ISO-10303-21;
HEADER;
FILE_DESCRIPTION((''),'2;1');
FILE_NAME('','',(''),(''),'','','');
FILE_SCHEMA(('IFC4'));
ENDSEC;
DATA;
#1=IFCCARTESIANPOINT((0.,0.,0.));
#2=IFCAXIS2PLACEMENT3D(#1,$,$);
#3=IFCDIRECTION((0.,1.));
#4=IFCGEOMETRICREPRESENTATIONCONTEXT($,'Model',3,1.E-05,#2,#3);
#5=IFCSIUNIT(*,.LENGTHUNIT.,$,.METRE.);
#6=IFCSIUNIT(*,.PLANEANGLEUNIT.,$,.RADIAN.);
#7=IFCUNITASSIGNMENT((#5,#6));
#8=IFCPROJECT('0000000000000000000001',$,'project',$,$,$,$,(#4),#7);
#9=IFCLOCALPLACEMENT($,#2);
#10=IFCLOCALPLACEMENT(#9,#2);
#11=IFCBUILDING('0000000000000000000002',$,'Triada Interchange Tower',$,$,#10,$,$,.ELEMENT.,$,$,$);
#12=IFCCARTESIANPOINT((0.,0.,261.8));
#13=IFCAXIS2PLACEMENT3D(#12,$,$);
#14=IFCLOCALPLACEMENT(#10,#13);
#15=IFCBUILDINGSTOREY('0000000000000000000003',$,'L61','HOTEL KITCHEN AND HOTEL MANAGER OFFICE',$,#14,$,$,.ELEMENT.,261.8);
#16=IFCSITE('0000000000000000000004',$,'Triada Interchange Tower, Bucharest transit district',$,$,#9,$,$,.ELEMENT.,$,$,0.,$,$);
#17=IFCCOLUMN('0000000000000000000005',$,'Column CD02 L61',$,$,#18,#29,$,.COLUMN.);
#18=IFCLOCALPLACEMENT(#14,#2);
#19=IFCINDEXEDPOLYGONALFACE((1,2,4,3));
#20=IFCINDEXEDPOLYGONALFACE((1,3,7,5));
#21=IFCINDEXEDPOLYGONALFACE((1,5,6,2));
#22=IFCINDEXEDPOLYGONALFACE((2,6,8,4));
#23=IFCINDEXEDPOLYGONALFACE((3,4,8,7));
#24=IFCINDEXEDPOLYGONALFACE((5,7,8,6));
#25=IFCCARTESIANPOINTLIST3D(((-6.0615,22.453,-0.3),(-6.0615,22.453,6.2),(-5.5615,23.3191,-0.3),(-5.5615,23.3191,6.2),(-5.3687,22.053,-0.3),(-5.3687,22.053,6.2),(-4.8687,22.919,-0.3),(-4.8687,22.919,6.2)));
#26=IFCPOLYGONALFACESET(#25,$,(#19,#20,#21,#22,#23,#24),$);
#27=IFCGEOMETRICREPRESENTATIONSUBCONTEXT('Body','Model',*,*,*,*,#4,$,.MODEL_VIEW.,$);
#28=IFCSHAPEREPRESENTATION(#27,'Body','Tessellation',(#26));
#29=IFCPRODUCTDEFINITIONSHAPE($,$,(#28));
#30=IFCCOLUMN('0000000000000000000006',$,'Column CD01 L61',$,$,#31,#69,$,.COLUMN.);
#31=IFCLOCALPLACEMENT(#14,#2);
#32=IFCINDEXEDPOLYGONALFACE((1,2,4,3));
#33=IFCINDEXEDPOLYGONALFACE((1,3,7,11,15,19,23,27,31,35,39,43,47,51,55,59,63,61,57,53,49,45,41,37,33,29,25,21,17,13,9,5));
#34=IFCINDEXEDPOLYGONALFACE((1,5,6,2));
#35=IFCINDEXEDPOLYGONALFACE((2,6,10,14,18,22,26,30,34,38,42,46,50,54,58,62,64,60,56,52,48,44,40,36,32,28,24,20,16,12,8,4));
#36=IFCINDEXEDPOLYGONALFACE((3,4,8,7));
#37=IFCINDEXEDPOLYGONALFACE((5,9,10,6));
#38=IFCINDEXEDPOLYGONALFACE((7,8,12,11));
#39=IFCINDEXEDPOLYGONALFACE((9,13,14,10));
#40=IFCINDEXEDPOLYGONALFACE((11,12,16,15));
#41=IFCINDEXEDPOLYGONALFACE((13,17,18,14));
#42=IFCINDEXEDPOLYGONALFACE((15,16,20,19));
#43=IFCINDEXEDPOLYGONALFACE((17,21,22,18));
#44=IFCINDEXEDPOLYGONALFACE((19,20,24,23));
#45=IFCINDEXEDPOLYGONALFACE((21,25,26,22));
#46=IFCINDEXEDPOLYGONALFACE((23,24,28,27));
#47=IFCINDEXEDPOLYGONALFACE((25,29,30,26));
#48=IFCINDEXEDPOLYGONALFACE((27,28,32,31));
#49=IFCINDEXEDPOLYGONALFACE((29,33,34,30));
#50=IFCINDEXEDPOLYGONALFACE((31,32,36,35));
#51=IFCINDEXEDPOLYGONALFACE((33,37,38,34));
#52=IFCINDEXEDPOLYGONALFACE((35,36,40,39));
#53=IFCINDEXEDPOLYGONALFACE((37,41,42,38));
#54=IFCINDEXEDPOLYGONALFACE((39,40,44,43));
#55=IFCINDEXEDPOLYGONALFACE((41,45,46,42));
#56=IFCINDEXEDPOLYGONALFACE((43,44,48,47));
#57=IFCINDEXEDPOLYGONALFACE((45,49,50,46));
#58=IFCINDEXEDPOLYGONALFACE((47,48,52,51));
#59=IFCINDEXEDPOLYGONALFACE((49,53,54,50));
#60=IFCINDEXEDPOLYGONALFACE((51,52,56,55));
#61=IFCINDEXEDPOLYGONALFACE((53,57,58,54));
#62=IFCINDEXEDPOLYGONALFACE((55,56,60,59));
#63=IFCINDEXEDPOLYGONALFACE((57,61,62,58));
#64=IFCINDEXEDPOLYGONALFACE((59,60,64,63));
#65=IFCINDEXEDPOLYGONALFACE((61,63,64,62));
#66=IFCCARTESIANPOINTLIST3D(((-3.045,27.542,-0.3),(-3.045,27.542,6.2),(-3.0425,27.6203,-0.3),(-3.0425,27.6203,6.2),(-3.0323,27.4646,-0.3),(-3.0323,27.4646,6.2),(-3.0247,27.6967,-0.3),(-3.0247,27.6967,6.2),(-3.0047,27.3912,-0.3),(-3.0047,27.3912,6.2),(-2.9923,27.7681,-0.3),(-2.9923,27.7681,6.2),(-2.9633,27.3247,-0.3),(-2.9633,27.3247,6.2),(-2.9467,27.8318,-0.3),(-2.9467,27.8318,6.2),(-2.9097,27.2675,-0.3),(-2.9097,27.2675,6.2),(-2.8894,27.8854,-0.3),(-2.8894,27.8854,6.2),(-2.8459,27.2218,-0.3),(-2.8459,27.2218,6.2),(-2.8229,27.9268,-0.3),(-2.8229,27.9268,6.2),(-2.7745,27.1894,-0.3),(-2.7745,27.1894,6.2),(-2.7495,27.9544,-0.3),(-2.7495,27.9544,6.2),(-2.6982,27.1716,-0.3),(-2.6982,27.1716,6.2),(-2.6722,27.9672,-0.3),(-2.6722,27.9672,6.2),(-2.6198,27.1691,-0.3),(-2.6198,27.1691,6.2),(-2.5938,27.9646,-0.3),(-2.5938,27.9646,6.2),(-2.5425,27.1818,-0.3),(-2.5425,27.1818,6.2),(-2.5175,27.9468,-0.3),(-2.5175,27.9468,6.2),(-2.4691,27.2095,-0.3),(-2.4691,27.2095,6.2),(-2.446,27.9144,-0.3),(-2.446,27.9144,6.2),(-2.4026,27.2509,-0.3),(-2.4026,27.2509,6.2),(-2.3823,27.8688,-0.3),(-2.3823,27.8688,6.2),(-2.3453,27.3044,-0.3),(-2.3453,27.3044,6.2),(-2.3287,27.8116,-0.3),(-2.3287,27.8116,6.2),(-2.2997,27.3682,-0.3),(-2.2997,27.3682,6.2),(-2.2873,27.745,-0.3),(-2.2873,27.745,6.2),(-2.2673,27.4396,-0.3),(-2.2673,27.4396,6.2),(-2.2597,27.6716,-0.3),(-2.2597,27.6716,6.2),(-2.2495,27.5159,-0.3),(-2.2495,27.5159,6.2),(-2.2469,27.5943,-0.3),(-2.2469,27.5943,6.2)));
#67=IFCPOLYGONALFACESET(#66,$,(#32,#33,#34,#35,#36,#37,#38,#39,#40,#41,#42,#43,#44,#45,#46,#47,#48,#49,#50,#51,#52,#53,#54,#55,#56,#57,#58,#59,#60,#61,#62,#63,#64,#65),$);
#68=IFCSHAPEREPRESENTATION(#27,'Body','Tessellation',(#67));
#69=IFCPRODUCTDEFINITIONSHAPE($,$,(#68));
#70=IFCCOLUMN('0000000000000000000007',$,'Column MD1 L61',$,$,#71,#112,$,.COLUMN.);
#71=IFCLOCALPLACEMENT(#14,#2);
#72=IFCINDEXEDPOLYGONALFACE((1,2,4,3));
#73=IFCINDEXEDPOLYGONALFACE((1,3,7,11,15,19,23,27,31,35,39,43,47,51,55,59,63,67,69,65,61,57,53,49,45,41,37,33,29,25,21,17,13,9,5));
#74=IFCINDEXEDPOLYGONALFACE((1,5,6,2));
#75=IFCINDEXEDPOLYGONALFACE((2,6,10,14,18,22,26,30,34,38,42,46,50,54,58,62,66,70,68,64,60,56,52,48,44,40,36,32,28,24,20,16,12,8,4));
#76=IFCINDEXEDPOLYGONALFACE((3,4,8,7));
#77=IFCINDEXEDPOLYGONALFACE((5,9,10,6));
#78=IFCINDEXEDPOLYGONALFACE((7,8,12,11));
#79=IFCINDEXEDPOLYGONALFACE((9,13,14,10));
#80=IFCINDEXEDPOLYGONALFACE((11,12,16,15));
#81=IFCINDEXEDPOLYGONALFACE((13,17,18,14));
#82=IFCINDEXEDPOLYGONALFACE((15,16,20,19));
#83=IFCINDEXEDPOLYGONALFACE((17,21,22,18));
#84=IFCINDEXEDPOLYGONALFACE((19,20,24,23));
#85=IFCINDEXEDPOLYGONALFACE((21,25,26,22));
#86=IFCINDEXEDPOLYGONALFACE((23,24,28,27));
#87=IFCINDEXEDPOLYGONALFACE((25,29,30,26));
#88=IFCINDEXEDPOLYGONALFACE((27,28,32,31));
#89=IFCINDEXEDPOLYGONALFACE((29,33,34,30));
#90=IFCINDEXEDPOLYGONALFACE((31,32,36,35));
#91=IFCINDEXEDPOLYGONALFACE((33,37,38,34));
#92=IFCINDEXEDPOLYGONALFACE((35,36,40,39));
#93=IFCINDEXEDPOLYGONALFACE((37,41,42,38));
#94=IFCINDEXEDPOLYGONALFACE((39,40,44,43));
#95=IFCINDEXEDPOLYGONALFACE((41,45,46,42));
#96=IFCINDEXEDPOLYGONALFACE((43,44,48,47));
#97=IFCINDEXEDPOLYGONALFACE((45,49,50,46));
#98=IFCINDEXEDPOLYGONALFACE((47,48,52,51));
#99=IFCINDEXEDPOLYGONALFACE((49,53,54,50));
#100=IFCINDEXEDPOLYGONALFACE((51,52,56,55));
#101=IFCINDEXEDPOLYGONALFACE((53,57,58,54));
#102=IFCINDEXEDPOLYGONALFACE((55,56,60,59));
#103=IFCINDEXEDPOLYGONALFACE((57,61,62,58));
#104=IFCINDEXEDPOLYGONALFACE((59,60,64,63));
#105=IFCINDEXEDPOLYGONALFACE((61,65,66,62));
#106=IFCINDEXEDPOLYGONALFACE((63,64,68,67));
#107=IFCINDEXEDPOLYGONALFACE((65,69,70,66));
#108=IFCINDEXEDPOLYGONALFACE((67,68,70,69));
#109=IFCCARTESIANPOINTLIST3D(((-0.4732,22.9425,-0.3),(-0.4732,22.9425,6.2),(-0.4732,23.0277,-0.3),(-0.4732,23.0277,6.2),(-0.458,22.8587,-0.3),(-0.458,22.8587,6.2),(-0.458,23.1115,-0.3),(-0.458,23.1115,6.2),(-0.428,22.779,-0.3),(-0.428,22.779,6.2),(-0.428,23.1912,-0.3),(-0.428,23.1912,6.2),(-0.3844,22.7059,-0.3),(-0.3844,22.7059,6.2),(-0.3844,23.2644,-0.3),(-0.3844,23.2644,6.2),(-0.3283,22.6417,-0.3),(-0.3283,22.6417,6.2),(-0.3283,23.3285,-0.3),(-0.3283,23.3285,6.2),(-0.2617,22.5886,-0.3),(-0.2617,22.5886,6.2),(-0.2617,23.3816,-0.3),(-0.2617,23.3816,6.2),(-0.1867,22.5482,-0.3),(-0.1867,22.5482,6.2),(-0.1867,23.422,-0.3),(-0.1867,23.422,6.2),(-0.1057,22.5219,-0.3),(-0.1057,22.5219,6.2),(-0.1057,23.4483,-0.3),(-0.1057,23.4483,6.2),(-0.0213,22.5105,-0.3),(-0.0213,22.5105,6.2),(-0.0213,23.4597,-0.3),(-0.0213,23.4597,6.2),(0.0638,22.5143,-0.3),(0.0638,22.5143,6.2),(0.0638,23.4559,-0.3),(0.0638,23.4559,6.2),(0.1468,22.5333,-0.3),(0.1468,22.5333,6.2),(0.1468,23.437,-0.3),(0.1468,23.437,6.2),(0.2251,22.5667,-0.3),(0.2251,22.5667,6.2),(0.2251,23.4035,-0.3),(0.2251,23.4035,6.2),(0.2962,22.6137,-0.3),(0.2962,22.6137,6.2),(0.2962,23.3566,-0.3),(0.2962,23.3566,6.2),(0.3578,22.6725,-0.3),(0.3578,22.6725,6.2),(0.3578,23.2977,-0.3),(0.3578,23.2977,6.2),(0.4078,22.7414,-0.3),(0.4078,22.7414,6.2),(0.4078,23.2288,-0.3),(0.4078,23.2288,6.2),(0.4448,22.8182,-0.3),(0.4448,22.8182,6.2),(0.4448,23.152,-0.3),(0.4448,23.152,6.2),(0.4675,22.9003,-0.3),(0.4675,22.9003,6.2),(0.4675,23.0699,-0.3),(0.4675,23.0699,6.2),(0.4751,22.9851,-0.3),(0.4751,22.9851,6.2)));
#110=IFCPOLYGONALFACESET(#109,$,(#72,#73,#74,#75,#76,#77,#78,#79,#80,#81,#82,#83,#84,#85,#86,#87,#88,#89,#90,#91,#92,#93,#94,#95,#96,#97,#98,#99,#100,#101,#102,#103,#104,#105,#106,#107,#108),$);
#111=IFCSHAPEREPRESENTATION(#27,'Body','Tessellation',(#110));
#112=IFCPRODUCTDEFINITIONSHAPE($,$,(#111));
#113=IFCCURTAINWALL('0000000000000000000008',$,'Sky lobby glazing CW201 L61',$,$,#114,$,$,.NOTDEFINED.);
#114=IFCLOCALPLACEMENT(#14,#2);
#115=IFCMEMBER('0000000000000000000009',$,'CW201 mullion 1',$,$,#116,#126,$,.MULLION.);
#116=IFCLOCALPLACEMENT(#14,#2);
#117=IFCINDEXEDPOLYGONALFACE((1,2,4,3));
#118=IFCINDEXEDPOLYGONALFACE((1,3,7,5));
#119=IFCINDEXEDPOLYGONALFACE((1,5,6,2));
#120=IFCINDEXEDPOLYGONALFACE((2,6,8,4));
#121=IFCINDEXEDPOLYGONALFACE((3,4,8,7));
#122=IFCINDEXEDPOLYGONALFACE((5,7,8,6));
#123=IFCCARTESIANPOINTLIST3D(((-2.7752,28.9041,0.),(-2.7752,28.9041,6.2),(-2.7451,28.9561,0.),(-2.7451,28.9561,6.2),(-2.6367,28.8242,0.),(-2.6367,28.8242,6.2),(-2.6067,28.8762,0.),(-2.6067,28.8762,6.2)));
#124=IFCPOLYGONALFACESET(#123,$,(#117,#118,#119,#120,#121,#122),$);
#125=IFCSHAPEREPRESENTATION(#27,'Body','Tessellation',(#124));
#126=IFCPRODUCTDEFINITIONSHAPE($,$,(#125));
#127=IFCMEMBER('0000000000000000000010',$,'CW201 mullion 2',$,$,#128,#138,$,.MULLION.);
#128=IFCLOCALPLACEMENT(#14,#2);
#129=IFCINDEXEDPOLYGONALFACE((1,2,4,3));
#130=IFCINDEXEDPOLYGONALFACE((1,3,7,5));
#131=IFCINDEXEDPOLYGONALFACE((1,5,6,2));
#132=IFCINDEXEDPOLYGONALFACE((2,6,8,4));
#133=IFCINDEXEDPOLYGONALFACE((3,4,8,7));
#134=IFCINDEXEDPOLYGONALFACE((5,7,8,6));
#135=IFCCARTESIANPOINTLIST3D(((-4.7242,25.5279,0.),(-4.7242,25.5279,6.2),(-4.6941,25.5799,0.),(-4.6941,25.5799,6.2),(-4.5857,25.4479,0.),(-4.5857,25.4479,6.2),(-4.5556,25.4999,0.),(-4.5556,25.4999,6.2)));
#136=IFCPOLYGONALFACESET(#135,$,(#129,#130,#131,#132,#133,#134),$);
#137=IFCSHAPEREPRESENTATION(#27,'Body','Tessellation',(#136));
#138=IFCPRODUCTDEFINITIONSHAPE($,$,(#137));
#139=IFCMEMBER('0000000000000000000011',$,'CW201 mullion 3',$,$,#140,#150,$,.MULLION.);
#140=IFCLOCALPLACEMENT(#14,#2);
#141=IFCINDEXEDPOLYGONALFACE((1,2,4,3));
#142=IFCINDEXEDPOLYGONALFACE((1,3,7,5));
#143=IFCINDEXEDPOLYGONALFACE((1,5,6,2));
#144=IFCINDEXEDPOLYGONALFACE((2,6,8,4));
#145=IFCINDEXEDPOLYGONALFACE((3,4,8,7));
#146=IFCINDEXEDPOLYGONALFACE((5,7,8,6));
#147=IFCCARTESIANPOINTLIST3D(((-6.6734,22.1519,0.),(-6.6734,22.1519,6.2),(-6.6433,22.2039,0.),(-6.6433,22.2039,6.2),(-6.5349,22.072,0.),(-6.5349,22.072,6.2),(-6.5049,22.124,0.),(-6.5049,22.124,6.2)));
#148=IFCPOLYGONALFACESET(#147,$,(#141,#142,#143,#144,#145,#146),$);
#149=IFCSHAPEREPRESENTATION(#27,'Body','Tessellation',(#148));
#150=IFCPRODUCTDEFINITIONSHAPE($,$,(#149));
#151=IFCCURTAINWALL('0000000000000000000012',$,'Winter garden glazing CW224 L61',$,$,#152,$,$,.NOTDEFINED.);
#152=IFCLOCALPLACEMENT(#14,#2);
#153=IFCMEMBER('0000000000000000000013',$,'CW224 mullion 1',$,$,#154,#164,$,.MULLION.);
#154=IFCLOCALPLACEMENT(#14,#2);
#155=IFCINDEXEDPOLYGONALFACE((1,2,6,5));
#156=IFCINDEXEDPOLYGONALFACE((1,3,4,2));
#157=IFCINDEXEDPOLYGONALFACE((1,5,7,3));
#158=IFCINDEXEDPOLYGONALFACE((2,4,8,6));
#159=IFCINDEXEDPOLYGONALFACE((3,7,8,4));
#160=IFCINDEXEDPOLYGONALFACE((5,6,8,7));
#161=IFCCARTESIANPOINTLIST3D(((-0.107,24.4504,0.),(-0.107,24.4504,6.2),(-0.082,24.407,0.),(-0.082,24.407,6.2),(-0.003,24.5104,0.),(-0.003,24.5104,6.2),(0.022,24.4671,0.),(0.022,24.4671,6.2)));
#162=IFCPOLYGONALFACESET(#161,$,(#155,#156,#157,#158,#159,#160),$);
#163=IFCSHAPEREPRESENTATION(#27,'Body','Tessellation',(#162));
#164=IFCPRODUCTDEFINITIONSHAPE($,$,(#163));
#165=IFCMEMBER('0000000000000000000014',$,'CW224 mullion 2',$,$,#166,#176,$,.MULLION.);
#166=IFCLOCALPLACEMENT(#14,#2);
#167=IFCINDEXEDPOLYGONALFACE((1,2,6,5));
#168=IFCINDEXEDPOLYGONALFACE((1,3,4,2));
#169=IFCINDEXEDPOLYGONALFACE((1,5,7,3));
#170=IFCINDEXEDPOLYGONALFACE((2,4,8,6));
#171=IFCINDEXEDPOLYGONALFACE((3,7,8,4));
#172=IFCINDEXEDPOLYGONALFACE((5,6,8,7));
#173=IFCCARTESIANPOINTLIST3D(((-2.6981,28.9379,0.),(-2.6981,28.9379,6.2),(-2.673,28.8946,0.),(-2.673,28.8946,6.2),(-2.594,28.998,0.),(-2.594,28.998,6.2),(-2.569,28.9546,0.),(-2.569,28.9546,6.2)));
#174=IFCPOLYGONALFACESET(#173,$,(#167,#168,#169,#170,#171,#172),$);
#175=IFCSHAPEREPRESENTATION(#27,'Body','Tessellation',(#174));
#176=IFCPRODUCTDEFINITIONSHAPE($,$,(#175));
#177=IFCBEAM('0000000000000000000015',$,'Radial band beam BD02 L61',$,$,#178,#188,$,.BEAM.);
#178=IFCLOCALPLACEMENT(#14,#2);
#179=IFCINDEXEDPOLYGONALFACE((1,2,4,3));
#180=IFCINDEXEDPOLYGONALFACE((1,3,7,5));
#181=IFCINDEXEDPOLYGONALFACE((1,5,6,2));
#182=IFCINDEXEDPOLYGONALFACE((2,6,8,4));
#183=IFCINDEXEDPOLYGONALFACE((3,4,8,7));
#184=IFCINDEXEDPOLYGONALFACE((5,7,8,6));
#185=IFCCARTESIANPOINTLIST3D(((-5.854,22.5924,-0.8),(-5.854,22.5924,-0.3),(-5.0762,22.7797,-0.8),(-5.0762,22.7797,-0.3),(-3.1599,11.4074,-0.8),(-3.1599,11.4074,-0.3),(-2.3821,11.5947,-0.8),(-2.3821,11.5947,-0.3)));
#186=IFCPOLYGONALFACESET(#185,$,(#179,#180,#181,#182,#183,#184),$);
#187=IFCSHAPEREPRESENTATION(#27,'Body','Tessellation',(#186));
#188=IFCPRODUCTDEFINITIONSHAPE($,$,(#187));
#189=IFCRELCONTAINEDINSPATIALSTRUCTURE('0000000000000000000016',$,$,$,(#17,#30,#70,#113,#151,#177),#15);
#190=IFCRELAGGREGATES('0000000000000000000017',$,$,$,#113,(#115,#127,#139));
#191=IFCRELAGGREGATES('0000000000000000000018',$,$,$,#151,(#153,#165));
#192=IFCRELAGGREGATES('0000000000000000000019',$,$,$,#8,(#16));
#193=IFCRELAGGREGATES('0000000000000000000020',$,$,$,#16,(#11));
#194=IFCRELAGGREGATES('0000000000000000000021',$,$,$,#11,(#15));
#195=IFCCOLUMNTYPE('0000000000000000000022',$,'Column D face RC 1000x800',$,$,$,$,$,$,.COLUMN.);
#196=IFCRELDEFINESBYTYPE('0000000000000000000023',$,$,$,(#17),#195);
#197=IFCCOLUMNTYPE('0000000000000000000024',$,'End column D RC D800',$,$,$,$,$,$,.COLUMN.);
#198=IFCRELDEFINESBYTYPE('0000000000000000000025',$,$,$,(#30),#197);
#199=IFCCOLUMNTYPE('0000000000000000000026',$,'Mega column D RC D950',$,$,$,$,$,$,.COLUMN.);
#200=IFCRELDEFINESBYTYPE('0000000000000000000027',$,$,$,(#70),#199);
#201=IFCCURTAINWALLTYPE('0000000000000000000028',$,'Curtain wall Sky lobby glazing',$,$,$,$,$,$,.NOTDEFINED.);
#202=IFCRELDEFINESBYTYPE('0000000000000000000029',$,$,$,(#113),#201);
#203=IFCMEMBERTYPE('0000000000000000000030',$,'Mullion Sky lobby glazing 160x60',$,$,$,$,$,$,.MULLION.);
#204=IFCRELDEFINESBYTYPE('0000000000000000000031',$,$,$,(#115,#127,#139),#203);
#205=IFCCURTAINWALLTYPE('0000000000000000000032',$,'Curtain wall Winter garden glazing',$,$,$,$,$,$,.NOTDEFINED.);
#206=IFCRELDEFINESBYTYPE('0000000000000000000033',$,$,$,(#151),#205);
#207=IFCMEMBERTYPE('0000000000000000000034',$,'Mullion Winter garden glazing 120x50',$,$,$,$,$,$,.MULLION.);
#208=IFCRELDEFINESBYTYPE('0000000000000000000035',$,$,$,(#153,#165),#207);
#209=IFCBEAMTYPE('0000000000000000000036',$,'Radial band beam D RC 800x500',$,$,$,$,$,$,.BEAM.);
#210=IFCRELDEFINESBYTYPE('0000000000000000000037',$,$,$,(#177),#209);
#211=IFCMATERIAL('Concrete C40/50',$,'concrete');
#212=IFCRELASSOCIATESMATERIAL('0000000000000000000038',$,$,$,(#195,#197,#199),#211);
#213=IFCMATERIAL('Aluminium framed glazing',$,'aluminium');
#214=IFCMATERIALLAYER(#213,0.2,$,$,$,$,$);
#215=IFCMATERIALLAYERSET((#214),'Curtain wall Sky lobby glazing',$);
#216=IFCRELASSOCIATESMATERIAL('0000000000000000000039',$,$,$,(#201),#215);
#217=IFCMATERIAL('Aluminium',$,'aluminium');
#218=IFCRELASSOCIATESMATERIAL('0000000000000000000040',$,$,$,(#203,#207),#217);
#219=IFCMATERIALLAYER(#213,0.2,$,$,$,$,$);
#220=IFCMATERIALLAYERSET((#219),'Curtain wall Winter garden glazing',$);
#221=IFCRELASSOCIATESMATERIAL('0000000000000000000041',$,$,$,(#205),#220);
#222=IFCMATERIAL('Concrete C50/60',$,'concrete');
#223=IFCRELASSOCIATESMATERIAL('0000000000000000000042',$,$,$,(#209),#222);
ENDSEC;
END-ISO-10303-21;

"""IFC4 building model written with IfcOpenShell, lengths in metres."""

from ifc_helpers import new_model, si_unit, direction, frame, origin, origin_2d, place, context, subcontext, project, spatial, rectangle, circle, extrude, material, layer, layer_set, material_profile, profile_set, type_object, element, aggregate, save


model = new_model("IFC4")

# Units and contexts
model_context = context("Model", 3, precision=1e-05, world=origin(), true_north=direction((0.0, 1.0)))
body_context = subcontext(model_context, "Body", "Model", "MODEL_VIEW")
ifc_project = project(units=[si_unit("LENGTHUNIT", "METRE"), si_unit("PLANEANGLEUNIT", "RADIAN")], contexts=[model_context])

# Site, building, storey
site_placement = place(None, origin())
site = spatial("IfcSite", under=ifc_project, at=site_placement, Name="Triada Interchange Tower, Bucharest transit district", CompositionType="ELEMENT", RefElevation=0.0)
building_placement = place(site_placement, origin())
building = spatial("IfcBuilding", under=site, at=building_placement, Name="Triada Interchange Tower", CompositionType="ELEMENT")
storey_placement = place(building_placement, frame((0.0, 0.0, 261.8)))
storey = spatial("IfcBuildingStorey", under=building, at=storey_placement, Name="L61", Description="HOTEL KITCHEN AND HOTEL MANAGER OFFICE", CompositionType="ELEMENT", Elevation=261.8)

# Columns
ifc_material_1 = material(Name="Concrete C40/50", Category="concrete")
ifc_material_profile_1 = material_profile(ifc_material_1, rectangle(XDim=1.0, YDim=0.8, at=origin_2d()), Name="RC 1000x800")
ifc_profile_set_1 = profile_set([ifc_material_profile_1], Name="Concrete C40/50")
column_type_1 = type_object("IfcColumnType", Name="Column D face RC 1000x800", PredefinedType="COLUMN", material=ifc_profile_set_1)
column_1_placement = place(storey_placement, frame((-5.4651, 22.686, -0.3), z_axis=(0.0, 0.0, 1.0), x_axis=(0.5, 0.866025, 0.0)))
element("IfcColumn", 1, at=column_1_placement, inside=storey, type_object=column_type_1, Name="Column CD02 L61", PredefinedType="COLUMN", context=body_context, shape_type="SweptSolid", body=[
    extrude(rectangle(XDim=1.0, YDim=0.8, at=origin_2d()), origin(), (0.0, 0.0, 1.0), 6.5),
])
ifc_material_profile_2 = material_profile(ifc_material_1, circle(Radius=0.3999, at=origin_2d()), Name="RC D800")
ifc_profile_set_2 = profile_set([ifc_material_profile_2], Name="Concrete C40/50")
column_type_2 = type_object("IfcColumnType", Name="End column D RC D800", PredefinedType="COLUMN", material=ifc_profile_set_2)
column_2_placement = place(storey_placement, frame((-2.646, 27.5681, -0.3), z_axis=(0.0, 0.0, 1.0), x_axis=(0.5, 0.866025, 0.0)))
element("IfcColumn", 2, at=column_2_placement, inside=storey, type_object=column_type_2, Name="Column CD01 L61", PredefinedType="COLUMN", context=body_context, shape_type="SweptSolid", body=[
    extrude(circle(Radius=0.3999, at=origin_2d()), origin(), (0.0, 0.0, 1.0), 6.5),
])
ifc_material_profile_3 = material_profile(ifc_material_1, circle(Radius=0.4751, at=origin_2d()), Name="RC D950")
ifc_profile_set_3 = profile_set([ifc_material_profile_3], Name="Concrete C40/50")
column_type_3 = type_object("IfcColumnType", Name="Mega column D RC D950", PredefinedType="COLUMN", material=ifc_profile_set_3)
column_3_placement = place(storey_placement, frame((0.0, 22.9851, -0.3), z_axis=(0.0, 0.0, 1.0), x_axis=(1.0, 0.0, 0.0)))
element("IfcColumn", 3, at=column_3_placement, inside=storey, type_object=column_type_3, Name="Column MD1 L61", PredefinedType="COLUMN", context=body_context, shape_type="SweptSolid", body=[
    extrude(circle(Radius=0.4751, at=origin_2d()), origin(), (0.0, 0.0, 1.0), 6.5),
])

# Curtain walls, members
ifc_material_2 = material(Name="Aluminium framed glazing", Category="aluminium")
ifc_layer_1 = layer(ifc_material_2, 0.2)
ifc_layer_set_1 = layer_set([ifc_layer_1], Name="Curtain wall Sky lobby glazing")
curtain_wall_type_1 = type_object("IfcCurtainWallType", Name="Curtain wall Sky lobby glazing", PredefinedType="NOTDEFINED", material=ifc_layer_set_1)
curtain_wall_1_placement = place(storey_placement, origin())
curtain_wall_1 = element("IfcCurtainWall", 4, at=curtain_wall_1_placement, inside=storey, type_object=curtain_wall_type_1, Name="Sky lobby glazing CW201 L61", PredefinedType="NOTDEFINED")
ifc_material_3 = material(Name="Aluminium", Category="aluminium")
ifc_material_profile_4 = material_profile(ifc_material_3, rectangle(XDim=0.1599, YDim=0.0601, at=origin_2d()), Name="Aluminium mullion")
ifc_profile_set_4 = profile_set([ifc_material_profile_4], Name="Aluminium")
member_type_1 = type_object("IfcMemberType", Name="Mullion Sky lobby glazing 160x60", PredefinedType="MULLION", material=ifc_profile_set_4)
member_1_placement = place(storey_placement, frame((-2.6909, 28.8901, 0.0), z_axis=(0.0, 0.0, 1.0), x_axis=(0.866041, -0.499972, 0.0)))
member_1 = element("IfcMember", 5, at=member_1_placement, type_object=member_type_1, Name="CW201 mullion 1", PredefinedType="MULLION", context=body_context, shape_type="SweptSolid", body=[
    extrude(rectangle(XDim=0.1599, YDim=0.0601, at=origin_2d()), origin(), (0.0, 0.0, 1.0), 6.2),
])
member_2_placement = place(storey_placement, frame((-4.6399, 25.5139, 0.0), z_axis=(0.0, 0.0, 1.0), x_axis=(0.866041, -0.499972, 0.0)))
member_2 = element("IfcMember", 6, at=member_2_placement, type_object=member_type_1, Name="CW201 mullion 2", PredefinedType="MULLION", context=body_context, shape_type="SweptSolid", body=[
    extrude(rectangle(XDim=0.1599, YDim=0.0601, at=origin_2d()), origin(), (0.0, 0.0, 1.0), 6.2),
])
member_3_placement = place(storey_placement, frame((-6.5891, 22.1379, 0.0), z_axis=(0.0, 0.0, 1.0), x_axis=(0.866041, -0.499972, 0.0)))
member_3 = element("IfcMember", 7, at=member_3_placement, type_object=member_type_1, Name="CW201 mullion 3", PredefinedType="MULLION", context=body_context, shape_type="SweptSolid", body=[
    extrude(rectangle(XDim=0.1599, YDim=0.0601, at=origin_2d()), origin(), (0.0, 0.0, 1.0), 6.2),
])
ifc_layer_2 = layer(ifc_material_2, 0.2)
ifc_layer_set_2 = layer_set([ifc_layer_2], Name="Curtain wall Winter garden glazing")
curtain_wall_type_2 = type_object("IfcCurtainWallType", Name="Curtain wall Winter garden glazing", PredefinedType="NOTDEFINED", material=ifc_layer_set_2)
curtain_wall_2_placement = place(storey_placement, origin())
curtain_wall_2 = element("IfcCurtainWall", 8, at=curtain_wall_2_placement, inside=storey, type_object=curtain_wall_type_2, Name="Winter garden glazing CW224 L61", PredefinedType="NOTDEFINED")
ifc_material_profile_5 = material_profile(ifc_material_3, rectangle(XDim=0.1201, YDim=0.05, at=origin_2d()), Name="Aluminium mullion")
ifc_profile_set_5 = profile_set([ifc_material_profile_5], Name="Aluminium")
member_type_2 = type_object("IfcMemberType", Name="Mullion Winter garden glazing 120x50", PredefinedType="MULLION", material=ifc_profile_set_5)
member_4_placement = place(storey_placement, frame((-0.0425, 24.4587, 0.0), z_axis=(0.0, 0.0, 1.0), x_axis=(-0.866023, -0.500004, 0.0)))
member_4 = element("IfcMember", 9, at=member_4_placement, type_object=member_type_2, Name="CW224 mullion 1", PredefinedType="MULLION", context=body_context, shape_type="SweptSolid", body=[
    extrude(rectangle(XDim=0.1201, YDim=0.05, at=origin_2d()), origin(), (0.0, 0.0, 1.0), 6.2),
])
member_5_placement = place(storey_placement, frame((-2.6335, 28.9463, 0.0), z_axis=(0.0, 0.0, 1.0), x_axis=(-0.866023, -0.500004, 0.0)))
member_5 = element("IfcMember", 10, at=member_5_placement, type_object=member_type_2, Name="CW224 mullion 2", PredefinedType="MULLION", context=body_context, shape_type="SweptSolid", body=[
    extrude(rectangle(XDim=0.1201, YDim=0.05, at=origin_2d()), origin(), (0.0, 0.0, 1.0), 6.2),
])

# Beam
ifc_material_4 = material(Name="Concrete C50/60", Category="concrete")
ifc_material_profile_6 = material_profile(ifc_material_4, rectangle(XDim=0.8, YDim=0.5, at=origin_2d()), Name="RC 800x500")
ifc_profile_set_6 = profile_set([ifc_material_profile_6], Name="Concrete C50/60")
beam_type_1 = type_object("IfcBeamType", Name="Radial band beam D RC 800x500", PredefinedType="BEAM", material=ifc_profile_set_6)
beam_1_placement = place(storey_placement, frame((-5.4651, 22.686, -0.55), z_axis=(0.234168, -0.972196, 0.0), x_axis=(0.972196, 0.234168, 0.0)))
element("IfcBeam", 11, at=beam_1_placement, inside=storey, type_object=beam_type_1, Name="Radial band beam BD02 L61", PredefinedType="BEAM", context=body_context, shape_type="SweptSolid", body=[
    extrude(rectangle(XDim=0.8, YDim=0.5, at=origin_2d()), origin(), (0.0, 0.0, 1.0), 11.5049),
])

aggregate(curtain_wall_1, [member_1, member_2, member_3])
aggregate(curtain_wall_2, [member_4, member_5])

save(model, "model.ifc")
